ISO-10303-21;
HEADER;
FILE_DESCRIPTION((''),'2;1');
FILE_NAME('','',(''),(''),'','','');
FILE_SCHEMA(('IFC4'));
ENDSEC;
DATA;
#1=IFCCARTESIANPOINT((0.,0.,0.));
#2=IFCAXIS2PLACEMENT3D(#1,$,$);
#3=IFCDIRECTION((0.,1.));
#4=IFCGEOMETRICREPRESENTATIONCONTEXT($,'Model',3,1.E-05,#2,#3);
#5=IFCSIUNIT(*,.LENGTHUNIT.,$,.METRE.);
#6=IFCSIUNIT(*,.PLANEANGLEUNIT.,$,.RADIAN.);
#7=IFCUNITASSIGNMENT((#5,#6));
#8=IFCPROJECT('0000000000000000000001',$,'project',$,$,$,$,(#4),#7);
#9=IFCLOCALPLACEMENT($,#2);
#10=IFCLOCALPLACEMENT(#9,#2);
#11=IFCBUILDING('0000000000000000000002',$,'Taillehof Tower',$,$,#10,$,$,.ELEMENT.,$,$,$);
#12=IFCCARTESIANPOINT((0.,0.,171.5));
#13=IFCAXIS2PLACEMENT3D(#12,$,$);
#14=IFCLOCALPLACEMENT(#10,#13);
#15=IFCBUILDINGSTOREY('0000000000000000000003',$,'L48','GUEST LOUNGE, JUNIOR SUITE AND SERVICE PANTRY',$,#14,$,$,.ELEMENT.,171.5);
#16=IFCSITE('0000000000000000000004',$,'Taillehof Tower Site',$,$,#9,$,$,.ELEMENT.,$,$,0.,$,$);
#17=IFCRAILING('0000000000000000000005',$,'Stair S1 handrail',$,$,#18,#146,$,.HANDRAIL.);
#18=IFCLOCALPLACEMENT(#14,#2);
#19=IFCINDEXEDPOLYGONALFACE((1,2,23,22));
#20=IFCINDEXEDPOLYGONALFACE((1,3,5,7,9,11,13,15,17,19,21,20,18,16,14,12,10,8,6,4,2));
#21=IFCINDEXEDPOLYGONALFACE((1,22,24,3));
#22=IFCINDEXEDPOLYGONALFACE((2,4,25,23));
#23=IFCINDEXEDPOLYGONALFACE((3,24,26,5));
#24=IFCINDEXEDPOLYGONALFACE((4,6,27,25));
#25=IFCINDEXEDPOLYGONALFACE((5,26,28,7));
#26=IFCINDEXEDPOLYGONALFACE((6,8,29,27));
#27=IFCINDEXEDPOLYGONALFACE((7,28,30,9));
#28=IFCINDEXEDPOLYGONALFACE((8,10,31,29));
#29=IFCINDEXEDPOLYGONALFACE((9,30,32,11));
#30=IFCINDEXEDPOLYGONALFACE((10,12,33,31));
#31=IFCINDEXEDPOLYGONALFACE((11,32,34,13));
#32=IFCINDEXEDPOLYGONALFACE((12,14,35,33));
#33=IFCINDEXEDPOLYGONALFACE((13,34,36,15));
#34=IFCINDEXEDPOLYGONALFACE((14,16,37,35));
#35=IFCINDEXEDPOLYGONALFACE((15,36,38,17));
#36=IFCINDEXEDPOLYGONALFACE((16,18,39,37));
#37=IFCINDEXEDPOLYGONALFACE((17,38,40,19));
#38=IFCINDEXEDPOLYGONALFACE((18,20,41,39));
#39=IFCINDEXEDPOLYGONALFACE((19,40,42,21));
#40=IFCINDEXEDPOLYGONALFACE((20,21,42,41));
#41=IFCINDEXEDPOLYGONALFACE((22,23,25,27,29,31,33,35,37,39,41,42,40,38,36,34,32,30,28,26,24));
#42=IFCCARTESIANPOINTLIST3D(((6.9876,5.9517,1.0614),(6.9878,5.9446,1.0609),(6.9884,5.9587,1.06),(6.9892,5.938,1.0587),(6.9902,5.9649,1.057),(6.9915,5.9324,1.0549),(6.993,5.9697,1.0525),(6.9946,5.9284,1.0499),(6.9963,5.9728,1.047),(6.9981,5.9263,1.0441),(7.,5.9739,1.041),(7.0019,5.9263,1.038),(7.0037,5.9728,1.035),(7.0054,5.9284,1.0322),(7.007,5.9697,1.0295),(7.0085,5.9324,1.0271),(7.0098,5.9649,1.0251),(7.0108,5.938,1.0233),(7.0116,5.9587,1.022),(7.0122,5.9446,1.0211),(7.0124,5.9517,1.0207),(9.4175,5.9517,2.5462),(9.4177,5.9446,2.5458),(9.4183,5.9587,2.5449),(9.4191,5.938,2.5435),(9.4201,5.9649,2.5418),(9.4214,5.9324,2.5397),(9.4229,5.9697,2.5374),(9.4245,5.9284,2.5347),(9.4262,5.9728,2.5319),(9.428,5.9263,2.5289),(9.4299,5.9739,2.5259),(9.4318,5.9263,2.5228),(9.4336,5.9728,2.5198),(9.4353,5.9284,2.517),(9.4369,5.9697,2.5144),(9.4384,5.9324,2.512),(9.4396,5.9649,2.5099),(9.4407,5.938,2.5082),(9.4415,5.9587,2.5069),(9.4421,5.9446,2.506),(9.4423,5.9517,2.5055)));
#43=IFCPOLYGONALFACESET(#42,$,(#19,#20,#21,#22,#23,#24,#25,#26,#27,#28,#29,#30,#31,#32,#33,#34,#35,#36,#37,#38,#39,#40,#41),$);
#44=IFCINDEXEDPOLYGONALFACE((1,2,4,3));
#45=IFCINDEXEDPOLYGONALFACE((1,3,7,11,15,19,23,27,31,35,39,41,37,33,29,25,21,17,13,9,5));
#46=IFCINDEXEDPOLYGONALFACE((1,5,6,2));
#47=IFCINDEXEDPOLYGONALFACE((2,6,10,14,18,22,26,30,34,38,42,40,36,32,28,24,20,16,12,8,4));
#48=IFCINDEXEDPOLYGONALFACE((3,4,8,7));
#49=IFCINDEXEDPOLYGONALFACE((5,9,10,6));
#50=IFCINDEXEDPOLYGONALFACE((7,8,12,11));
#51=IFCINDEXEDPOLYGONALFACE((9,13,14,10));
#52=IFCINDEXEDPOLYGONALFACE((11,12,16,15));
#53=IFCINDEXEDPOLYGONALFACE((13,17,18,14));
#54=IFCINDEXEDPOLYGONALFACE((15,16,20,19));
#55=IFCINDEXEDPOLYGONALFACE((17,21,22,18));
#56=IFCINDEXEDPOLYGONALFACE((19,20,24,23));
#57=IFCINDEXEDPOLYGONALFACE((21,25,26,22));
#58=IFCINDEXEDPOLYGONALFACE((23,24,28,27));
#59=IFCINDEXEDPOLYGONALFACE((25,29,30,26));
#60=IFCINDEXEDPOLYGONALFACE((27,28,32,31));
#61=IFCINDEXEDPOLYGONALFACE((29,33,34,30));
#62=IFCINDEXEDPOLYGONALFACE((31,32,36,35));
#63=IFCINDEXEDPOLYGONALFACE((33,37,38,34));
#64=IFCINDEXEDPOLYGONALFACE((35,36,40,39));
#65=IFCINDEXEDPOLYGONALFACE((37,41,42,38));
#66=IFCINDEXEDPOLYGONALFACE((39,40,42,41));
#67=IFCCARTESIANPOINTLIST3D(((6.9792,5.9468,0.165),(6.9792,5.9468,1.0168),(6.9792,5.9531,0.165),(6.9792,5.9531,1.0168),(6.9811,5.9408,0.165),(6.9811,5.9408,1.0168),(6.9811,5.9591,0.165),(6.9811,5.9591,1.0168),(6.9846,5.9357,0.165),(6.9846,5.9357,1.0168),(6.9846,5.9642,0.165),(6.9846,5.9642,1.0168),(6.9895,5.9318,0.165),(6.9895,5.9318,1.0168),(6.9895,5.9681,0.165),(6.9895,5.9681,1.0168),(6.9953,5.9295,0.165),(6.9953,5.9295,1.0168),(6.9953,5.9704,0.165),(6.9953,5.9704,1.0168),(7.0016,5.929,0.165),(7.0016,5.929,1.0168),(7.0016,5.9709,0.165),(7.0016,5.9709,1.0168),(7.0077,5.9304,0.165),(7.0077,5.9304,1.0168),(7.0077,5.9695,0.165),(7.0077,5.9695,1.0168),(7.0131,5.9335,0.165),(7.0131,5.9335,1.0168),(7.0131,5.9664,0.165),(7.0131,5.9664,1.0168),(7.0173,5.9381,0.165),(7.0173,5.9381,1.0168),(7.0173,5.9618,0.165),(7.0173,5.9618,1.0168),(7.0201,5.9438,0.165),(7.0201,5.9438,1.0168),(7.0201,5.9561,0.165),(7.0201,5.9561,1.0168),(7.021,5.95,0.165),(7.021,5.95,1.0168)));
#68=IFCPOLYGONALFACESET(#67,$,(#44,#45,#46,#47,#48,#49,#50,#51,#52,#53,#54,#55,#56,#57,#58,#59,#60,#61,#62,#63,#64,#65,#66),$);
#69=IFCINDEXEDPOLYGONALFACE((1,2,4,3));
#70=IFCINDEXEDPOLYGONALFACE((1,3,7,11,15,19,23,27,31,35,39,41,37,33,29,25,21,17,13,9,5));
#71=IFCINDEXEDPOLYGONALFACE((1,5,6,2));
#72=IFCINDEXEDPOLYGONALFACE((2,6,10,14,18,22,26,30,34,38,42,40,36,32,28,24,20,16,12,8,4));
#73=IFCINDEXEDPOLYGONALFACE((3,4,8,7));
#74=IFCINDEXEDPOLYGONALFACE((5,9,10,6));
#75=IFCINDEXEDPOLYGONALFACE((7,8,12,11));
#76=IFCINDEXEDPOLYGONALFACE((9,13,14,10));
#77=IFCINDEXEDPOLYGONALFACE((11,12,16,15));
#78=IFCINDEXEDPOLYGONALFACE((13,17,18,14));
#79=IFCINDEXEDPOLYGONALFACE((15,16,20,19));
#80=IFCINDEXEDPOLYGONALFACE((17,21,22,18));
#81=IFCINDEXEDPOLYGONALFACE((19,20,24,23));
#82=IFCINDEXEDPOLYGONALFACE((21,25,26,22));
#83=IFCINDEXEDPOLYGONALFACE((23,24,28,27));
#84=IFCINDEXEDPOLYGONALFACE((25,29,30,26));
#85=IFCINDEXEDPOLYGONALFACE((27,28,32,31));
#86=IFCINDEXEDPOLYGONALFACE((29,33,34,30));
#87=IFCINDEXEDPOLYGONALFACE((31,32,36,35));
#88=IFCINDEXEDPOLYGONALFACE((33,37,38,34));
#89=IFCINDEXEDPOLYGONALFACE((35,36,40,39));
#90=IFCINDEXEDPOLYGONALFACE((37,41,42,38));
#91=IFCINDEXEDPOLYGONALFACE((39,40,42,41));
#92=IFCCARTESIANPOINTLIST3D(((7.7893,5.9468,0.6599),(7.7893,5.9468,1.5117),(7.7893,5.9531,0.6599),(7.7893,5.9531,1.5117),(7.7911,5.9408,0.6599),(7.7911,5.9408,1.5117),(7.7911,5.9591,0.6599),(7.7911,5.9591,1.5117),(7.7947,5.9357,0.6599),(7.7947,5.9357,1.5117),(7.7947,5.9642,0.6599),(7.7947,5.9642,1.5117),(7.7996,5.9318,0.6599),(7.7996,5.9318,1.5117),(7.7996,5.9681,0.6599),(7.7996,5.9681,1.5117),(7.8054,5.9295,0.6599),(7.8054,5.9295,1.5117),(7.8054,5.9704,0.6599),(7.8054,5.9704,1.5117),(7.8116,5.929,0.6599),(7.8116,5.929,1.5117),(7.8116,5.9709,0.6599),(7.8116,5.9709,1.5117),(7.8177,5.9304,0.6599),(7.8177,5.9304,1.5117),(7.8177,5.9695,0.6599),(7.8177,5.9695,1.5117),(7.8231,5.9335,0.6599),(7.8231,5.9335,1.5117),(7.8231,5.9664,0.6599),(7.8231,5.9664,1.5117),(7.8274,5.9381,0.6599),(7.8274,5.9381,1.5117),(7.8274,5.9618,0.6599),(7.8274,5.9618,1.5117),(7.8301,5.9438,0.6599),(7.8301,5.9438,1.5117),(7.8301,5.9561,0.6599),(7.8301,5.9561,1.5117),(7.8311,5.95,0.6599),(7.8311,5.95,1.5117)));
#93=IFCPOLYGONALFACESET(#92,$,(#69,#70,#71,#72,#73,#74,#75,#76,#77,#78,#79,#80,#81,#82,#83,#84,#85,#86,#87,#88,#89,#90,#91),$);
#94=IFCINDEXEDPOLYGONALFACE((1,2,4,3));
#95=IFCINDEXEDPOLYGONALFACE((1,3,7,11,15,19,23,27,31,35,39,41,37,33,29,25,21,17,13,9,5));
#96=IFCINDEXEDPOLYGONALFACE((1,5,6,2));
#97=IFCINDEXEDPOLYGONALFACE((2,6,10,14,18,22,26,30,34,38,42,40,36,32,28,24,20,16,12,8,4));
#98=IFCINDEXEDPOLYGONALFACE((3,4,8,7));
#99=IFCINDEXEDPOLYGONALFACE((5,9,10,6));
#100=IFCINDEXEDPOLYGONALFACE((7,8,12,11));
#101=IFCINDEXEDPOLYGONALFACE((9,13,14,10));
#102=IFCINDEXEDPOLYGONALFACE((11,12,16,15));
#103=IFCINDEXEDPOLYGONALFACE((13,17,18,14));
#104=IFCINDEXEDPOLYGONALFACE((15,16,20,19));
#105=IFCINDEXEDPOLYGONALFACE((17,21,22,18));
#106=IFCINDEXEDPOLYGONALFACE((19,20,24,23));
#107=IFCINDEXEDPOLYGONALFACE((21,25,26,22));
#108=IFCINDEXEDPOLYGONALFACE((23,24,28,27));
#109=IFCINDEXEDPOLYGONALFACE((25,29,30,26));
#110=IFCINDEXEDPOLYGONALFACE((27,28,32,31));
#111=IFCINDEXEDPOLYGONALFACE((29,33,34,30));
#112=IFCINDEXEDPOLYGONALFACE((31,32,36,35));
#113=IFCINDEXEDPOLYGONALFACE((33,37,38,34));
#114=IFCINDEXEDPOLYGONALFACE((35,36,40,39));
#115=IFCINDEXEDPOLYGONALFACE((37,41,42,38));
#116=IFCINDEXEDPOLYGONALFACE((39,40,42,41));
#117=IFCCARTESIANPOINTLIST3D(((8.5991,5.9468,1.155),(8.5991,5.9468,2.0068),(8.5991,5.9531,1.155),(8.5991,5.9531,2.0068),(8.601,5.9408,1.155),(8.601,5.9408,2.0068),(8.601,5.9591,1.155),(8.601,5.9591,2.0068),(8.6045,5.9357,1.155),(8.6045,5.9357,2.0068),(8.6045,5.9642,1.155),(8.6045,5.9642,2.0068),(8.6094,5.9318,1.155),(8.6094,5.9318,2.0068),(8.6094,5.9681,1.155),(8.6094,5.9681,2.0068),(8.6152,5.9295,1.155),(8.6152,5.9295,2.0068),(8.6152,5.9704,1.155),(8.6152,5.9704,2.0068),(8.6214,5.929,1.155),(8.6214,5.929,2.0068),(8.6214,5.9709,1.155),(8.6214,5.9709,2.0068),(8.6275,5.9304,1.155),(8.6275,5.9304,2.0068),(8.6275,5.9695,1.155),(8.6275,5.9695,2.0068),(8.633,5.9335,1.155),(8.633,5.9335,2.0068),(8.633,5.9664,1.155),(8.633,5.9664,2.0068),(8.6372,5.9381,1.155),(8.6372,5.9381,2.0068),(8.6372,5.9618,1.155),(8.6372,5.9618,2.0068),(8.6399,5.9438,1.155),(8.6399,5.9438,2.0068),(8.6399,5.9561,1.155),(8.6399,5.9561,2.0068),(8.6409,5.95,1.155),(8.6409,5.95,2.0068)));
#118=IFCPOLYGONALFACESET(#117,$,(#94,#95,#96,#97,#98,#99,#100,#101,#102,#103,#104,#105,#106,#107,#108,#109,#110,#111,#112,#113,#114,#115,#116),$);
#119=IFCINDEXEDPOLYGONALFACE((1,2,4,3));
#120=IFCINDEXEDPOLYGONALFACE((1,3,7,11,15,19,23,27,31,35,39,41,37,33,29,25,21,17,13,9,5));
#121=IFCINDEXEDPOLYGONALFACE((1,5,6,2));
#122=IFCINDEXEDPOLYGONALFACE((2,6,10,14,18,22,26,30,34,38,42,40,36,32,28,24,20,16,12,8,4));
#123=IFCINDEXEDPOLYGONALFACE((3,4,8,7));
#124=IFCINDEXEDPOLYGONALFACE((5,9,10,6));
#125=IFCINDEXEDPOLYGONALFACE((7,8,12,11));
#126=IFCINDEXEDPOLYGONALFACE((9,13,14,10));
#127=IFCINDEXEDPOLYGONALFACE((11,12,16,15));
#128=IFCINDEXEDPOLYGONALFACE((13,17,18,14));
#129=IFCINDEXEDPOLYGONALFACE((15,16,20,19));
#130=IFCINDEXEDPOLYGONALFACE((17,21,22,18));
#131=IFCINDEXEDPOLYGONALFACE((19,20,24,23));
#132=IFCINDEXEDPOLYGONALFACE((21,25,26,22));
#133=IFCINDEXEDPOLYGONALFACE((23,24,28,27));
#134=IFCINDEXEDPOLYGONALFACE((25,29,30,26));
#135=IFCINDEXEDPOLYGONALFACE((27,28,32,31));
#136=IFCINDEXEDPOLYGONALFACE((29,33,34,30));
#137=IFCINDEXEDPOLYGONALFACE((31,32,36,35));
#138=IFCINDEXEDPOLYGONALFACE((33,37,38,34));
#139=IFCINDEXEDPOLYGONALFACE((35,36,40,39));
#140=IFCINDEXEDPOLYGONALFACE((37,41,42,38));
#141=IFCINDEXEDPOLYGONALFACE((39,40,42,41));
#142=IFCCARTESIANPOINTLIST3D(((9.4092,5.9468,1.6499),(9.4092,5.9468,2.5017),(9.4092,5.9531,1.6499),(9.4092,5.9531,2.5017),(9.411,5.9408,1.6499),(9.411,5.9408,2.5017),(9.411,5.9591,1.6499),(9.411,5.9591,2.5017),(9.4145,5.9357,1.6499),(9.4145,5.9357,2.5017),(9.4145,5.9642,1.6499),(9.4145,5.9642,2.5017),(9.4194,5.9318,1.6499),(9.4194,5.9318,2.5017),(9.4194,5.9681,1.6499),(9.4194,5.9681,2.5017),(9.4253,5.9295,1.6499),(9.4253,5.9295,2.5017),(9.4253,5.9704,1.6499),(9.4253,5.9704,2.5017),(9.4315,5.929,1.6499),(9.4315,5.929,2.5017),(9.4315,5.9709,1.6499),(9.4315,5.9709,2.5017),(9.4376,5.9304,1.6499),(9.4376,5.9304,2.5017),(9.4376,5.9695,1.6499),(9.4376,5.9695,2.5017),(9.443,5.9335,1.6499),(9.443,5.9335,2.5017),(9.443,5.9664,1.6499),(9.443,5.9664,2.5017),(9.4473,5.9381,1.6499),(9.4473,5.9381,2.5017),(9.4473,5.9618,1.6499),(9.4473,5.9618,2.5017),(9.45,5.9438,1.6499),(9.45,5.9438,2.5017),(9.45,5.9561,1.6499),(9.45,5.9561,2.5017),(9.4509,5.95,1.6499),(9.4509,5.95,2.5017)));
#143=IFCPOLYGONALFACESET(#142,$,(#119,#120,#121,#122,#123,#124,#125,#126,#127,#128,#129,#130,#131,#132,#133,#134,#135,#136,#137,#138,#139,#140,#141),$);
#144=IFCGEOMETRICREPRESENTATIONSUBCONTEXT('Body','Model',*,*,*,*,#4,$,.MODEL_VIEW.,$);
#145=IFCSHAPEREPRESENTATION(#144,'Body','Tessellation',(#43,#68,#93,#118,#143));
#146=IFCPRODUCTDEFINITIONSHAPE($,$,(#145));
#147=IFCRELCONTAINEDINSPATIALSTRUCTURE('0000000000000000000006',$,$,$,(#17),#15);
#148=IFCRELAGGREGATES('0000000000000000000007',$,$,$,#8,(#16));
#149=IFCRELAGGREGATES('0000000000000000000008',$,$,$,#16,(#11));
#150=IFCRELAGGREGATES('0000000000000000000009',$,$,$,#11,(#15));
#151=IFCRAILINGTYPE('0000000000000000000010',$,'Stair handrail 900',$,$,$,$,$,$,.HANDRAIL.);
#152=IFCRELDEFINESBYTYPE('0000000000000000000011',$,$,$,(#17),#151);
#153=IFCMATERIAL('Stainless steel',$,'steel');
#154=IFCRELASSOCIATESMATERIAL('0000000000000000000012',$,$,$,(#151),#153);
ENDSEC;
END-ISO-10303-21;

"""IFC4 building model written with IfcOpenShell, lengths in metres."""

from ifc_helpers import new_model, si_unit, direction, frame, origin, origin_2d, place, context, subcontext, project, spatial, circle, extrude, material, type_object, element, save


model = new_model("IFC4")

# Units and contexts
model_context = context("Model", 3, precision=1e-05, world=origin(), true_north=direction((0.0, 1.0)))
body_context = subcontext(model_context, "Body", "Model", "MODEL_VIEW")
ifc_project = project(units=[si_unit("LENGTHUNIT", "METRE"), si_unit("PLANEANGLEUNIT", "RADIAN")], contexts=[model_context])

# Site, building, storey
site_placement = place(None, origin())
site = spatial("IfcSite", under=ifc_project, at=site_placement, Name="Taillehof Tower Site", CompositionType="ELEMENT", RefElevation=0.0)
building_placement = place(site_placement, origin())
building = spatial("IfcBuilding", under=site, at=building_placement, Name="Taillehof Tower", CompositionType="ELEMENT")
storey_placement = place(building_placement, frame((0.0, 0.0, 171.5)))
storey = spatial("IfcBuildingStorey", under=building, at=storey_placement, Name="L48", Description="GUEST LOUNGE, JUNIOR SUITE AND SERVICE PANTRY", CompositionType="ELEMENT", Elevation=171.5)

# Railing
ifc_material_1 = material(Name="Stainless steel", Category="steel")
railing_type = type_object("IfcRailingType", Name="Stair handrail 900", PredefinedType="HANDRAIL", material=ifc_material_1)
railing_placement = place(storey_placement, frame((7.0, 5.95, 0.165)))
element("IfcRailing", 1, at=railing_placement, inside=storey, type_object=railing_type, Name="Stair S1 handrail", PredefinedType="HANDRAIL", context=body_context, shape_type="SweptSolid", body=[
    extrude(circle(Radius=0.0239, at=origin_2d()), frame((0.0, 0.0, 0.876), z_axis=(0.853297, 0.0, 0.521426), x_axis=(0.0, 1.0, 0.0)), (0.0, 0.0, 1.0), 2.8477),
    extrude(circle(Radius=0.021, at=origin_2d()), origin(), (0.0, 0.0, 1.0), 0.8518),
    extrude(circle(Radius=0.021, at=origin_2d()), frame((0.8101, 0.0, 0.4949)), (0.0, 0.0, 1.0), 0.8518),
    extrude(circle(Radius=0.021, at=origin_2d()), frame((1.6199, 0.0, 0.99)), (0.0, 0.0, 1.0), 0.8518),
    extrude(circle(Radius=0.021, at=origin_2d()), frame((2.4299, 0.0, 1.4849)), (0.0, 0.0, 1.0), 0.8518),
])

save(model, "model.ifc")
